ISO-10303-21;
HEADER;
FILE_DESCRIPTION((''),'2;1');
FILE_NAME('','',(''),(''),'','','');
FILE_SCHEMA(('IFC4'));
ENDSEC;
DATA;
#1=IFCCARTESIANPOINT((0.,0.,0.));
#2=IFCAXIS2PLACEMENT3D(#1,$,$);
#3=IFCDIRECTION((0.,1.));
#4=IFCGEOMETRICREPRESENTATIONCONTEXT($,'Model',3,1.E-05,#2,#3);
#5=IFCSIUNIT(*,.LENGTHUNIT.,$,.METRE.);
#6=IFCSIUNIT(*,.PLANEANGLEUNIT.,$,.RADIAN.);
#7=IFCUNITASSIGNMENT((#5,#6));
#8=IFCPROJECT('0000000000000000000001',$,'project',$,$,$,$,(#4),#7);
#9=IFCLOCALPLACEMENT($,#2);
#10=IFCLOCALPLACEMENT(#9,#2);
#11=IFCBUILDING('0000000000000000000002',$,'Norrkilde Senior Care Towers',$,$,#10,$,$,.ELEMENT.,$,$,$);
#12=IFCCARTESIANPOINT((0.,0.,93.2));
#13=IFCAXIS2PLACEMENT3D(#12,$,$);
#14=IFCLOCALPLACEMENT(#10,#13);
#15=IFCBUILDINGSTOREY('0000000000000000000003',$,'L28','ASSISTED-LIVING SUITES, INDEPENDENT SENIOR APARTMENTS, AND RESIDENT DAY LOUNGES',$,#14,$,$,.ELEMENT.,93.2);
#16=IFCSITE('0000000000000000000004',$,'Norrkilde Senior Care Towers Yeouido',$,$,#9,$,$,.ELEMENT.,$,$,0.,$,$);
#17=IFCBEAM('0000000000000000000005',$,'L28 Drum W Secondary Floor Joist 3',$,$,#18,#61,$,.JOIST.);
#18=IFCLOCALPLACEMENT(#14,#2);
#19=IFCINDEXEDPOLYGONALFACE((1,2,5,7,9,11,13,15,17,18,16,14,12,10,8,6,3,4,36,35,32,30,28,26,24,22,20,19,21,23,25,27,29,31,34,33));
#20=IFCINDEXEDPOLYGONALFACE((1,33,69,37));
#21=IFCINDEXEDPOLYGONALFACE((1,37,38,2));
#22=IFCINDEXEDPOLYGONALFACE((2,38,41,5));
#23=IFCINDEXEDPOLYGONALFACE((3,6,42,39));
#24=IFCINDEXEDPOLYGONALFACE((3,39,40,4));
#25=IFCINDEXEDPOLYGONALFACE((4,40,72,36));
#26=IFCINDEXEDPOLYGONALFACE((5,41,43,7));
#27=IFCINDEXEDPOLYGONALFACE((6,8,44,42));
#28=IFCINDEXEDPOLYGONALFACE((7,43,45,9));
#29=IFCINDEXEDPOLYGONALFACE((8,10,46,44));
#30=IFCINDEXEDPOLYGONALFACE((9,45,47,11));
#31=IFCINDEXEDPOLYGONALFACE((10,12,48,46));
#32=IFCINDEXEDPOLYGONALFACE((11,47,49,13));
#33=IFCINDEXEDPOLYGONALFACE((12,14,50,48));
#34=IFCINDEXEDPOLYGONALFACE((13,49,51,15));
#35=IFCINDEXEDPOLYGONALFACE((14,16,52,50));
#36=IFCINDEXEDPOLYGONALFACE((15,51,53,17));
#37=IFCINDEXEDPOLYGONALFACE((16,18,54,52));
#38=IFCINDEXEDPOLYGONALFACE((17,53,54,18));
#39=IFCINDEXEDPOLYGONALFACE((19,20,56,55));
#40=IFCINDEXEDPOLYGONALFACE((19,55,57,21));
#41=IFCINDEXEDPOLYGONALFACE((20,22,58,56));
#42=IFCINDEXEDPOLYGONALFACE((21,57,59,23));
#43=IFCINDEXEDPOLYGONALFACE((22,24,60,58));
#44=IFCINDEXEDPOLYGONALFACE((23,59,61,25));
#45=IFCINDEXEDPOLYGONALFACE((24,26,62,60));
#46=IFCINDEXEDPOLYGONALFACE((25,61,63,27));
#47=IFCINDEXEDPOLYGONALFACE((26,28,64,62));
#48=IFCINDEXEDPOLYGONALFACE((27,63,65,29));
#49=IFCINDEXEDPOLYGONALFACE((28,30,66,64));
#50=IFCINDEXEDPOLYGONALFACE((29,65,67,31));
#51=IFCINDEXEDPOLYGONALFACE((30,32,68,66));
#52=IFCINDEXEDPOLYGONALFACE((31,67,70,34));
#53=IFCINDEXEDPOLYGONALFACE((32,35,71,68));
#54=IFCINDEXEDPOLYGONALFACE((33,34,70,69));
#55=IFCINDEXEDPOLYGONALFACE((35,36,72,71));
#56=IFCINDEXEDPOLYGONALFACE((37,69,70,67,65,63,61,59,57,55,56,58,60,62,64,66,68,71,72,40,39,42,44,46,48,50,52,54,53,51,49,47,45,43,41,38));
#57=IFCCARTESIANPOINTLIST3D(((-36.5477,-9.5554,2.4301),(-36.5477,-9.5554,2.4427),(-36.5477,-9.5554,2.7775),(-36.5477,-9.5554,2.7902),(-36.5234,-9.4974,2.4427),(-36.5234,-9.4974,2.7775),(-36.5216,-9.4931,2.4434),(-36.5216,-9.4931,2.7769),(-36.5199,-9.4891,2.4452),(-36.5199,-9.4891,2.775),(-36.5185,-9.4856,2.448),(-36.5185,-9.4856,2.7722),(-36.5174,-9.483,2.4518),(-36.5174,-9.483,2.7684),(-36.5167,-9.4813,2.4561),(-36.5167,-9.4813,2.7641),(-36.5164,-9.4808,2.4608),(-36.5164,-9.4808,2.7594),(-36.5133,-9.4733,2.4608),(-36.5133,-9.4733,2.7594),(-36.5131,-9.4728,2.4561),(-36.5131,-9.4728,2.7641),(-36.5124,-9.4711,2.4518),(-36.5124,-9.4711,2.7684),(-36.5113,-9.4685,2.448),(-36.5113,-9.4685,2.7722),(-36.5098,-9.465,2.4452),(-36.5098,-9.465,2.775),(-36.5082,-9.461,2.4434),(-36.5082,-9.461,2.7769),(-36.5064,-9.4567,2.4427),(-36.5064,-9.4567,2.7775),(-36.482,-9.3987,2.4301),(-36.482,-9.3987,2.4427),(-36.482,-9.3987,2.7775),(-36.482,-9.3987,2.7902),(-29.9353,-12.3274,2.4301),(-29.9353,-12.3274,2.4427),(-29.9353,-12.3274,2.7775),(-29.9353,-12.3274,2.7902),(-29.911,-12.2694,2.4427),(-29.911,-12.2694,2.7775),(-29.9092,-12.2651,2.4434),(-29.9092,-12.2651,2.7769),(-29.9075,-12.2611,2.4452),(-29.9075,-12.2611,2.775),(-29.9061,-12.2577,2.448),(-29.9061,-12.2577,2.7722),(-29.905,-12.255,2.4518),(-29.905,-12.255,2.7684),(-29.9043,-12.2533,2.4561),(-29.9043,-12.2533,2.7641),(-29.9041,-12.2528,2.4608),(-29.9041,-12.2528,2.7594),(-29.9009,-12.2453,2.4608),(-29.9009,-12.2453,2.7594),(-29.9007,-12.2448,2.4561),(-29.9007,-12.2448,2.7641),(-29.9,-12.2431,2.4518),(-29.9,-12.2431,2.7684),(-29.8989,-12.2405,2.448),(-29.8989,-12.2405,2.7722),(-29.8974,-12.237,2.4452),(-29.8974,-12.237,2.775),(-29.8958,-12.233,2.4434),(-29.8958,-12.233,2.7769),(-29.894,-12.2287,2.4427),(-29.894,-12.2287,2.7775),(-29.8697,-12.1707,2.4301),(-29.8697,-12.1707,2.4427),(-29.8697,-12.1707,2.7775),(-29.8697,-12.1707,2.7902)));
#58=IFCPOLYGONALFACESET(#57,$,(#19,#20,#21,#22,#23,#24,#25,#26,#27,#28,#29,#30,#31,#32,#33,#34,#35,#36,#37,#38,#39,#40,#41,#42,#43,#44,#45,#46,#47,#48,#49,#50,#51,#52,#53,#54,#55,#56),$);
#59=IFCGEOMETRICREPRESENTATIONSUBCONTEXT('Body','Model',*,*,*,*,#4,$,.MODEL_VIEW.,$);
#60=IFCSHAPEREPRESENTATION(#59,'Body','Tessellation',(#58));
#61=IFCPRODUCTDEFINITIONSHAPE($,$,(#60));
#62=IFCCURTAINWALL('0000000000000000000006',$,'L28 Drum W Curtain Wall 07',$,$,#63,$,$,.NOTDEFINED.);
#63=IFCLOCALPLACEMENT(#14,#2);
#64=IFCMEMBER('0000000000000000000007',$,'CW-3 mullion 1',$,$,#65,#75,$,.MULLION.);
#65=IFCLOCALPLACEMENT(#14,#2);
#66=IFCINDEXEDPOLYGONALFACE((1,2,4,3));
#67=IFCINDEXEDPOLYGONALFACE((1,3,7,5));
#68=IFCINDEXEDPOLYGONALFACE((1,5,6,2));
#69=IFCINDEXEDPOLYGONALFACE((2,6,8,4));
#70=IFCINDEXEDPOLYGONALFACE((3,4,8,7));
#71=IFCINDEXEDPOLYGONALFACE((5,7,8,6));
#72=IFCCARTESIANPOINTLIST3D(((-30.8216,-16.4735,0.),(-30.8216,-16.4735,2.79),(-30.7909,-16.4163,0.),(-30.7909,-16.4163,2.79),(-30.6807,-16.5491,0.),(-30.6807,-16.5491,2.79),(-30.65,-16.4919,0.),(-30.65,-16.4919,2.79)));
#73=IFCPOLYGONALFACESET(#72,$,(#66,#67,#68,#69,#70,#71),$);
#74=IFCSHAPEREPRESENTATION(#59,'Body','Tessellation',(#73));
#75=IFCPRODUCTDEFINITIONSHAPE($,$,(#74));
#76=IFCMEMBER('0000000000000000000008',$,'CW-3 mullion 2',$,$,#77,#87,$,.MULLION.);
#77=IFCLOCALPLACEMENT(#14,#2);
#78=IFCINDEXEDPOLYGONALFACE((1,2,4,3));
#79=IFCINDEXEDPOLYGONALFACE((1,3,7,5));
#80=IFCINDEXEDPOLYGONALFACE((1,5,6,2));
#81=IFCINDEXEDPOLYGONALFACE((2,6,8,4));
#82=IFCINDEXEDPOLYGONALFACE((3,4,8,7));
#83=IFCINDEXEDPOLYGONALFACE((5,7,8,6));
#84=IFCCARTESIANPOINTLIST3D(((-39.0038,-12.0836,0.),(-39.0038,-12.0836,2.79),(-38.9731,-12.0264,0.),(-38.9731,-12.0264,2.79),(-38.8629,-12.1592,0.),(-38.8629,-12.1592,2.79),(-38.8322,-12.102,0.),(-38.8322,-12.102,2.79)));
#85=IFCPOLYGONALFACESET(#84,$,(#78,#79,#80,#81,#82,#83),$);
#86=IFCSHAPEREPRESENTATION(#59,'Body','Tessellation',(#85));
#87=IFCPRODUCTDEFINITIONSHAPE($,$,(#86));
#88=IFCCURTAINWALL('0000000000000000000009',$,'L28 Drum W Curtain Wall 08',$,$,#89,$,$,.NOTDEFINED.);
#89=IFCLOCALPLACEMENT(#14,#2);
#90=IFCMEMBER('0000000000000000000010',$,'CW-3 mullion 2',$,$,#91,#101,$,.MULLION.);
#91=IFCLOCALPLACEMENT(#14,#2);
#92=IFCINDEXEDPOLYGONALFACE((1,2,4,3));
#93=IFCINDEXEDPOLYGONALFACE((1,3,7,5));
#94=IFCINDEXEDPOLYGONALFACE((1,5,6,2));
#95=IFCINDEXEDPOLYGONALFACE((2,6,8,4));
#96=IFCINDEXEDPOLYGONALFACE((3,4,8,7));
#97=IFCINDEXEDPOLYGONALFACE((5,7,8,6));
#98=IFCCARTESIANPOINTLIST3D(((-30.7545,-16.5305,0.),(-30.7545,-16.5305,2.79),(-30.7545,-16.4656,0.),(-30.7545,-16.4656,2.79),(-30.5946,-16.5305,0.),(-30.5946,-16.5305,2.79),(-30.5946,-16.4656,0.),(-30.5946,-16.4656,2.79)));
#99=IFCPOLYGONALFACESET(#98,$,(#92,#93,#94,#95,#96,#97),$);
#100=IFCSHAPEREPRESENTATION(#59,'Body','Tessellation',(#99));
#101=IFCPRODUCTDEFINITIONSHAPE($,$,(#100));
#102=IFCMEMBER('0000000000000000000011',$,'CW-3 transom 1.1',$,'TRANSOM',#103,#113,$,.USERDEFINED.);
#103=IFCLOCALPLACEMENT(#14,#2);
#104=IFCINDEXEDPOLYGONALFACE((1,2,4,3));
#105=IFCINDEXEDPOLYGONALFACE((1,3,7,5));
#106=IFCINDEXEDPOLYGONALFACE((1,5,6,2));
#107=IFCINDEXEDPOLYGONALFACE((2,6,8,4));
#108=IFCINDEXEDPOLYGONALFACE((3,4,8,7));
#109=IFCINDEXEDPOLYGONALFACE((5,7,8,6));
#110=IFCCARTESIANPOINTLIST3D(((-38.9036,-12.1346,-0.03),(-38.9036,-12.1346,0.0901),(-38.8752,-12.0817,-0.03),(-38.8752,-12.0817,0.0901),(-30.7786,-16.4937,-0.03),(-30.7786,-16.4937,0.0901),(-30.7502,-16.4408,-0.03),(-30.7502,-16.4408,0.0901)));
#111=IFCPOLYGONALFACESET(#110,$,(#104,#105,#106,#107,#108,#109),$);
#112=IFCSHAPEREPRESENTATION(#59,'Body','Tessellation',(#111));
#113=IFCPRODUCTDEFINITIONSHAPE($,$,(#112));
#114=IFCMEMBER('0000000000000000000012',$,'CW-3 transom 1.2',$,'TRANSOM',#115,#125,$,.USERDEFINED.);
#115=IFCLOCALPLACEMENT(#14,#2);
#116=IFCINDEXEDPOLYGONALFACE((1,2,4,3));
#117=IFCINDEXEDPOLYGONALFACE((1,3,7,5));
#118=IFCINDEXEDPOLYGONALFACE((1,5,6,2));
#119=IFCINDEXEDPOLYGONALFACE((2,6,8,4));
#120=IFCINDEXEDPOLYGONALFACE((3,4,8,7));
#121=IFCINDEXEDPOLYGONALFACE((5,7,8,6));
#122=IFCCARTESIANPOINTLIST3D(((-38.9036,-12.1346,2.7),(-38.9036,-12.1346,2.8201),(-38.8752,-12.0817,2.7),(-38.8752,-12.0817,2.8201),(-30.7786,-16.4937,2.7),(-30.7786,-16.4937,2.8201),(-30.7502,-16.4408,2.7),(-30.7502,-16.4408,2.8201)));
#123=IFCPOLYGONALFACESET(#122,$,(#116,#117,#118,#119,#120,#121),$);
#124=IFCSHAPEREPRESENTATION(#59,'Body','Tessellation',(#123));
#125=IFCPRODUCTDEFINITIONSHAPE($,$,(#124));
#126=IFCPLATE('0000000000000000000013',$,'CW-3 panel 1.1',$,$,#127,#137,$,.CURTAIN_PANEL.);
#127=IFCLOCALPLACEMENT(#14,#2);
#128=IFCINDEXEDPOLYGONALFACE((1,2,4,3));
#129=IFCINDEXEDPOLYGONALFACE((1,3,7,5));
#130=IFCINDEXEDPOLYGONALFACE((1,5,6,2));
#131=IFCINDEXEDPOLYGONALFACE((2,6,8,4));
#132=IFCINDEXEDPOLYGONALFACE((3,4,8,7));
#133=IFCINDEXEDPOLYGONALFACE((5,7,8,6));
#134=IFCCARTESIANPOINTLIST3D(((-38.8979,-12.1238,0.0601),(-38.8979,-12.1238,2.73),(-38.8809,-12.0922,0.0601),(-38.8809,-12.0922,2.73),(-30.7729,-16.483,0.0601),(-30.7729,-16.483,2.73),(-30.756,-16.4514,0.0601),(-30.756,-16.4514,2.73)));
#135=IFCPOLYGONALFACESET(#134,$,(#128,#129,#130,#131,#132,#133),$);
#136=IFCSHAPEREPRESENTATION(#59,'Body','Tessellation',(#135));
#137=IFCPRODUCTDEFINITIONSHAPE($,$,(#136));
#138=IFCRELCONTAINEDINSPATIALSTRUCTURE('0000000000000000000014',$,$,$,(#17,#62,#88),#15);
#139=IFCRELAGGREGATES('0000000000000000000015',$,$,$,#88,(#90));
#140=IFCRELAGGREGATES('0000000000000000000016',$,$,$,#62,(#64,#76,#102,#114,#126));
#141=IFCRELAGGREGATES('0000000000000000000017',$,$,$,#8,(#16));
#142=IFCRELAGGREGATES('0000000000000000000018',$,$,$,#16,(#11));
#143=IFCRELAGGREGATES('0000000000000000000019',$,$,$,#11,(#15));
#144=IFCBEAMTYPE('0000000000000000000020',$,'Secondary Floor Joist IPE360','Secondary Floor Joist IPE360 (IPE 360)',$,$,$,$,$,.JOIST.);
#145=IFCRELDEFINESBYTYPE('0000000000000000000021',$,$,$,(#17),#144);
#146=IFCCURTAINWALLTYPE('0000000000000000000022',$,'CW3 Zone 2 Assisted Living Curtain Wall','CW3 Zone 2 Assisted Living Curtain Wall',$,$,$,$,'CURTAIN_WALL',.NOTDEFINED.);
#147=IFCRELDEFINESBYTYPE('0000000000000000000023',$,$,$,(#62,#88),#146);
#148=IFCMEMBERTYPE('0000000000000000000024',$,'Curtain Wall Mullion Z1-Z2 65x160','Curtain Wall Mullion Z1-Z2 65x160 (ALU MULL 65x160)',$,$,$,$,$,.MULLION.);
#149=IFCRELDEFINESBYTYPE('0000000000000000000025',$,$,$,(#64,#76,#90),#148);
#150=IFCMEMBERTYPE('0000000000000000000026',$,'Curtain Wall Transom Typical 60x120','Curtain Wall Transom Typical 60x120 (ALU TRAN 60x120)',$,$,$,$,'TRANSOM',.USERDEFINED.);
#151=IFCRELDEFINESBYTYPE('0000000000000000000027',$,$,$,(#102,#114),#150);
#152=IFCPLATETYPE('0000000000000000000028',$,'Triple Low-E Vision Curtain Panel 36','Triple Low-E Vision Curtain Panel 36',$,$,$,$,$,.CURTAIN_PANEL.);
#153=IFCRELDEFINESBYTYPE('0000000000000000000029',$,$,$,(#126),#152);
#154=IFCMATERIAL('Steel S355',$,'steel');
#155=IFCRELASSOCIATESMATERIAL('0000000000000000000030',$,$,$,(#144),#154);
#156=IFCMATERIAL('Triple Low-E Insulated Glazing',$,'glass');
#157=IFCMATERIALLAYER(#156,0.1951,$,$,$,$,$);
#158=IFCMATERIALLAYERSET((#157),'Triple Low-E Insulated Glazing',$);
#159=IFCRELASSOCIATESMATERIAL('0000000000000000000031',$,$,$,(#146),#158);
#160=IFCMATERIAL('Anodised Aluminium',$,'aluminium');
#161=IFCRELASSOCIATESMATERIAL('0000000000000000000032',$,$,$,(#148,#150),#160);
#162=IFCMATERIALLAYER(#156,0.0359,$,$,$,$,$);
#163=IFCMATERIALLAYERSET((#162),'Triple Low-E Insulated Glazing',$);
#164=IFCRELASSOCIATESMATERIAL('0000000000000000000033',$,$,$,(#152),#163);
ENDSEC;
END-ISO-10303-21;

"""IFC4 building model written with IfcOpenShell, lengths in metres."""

from ifc_helpers import new_model, si_unit, direction, frame, origin, origin_2d, place, context, subcontext, project, spatial, rectangle, i_section, extrude, source, transform, mapped, material, layer, layer_set, material_profile, profile_set, type_object, type_shapes, element, aggregate, save


model = new_model("IFC4")

# Units and contexts
model_context = context("Model", 3, precision=1e-05, world=origin(), true_north=direction((0.0, 1.0)))
body_context = subcontext(model_context, "Body", "Model", "MODEL_VIEW")
ifc_project = project(units=[si_unit("LENGTHUNIT", "METRE"), si_unit("PLANEANGLEUNIT", "RADIAN")], contexts=[model_context])

# Site, building, storey
site_placement = place(None, origin())
site = spatial("IfcSite", under=ifc_project, at=site_placement, Name="Norrkilde Senior Care Towers Yeouido", CompositionType="ELEMENT", RefElevation=0.0)
building_placement = place(site_placement, origin())
building = spatial("IfcBuilding", under=site, at=building_placement, Name="Norrkilde Senior Care Towers", CompositionType="ELEMENT")
storey_placement = place(building_placement, frame((0.0, 0.0, 93.2)))
storey = spatial("IfcBuildingStorey", under=building, at=storey_placement, Name="L28", Description="ASSISTED-LIVING SUITES, INDEPENDENT SENIOR APARTMENTS, AND RESIDENT DAY LOUNGES", CompositionType="ELEMENT", Elevation=93.2)

# Beam
ifc_material_1 = material(Name="Steel S355", Category="steel")
ifc_material_profile_1 = material_profile(ifc_material_1, i_section(OverallWidth=0.1699, OverallDepth=0.3601, WebThickness=0.0081, FlangeThickness=0.0127, FilletRadius=0.0181, at=origin_2d()), Name="IPE 360")
ifc_profile_set_1 = profile_set([ifc_material_profile_1], Name="Steel S355")
beam_type_1 = type_object("IfcBeamType", Name="Secondary Floor Joist IPE360", Description="Secondary Floor Joist IPE360 (IPE 360)", PredefinedType="JOIST", material=ifc_profile_set_1)
shared_shape_1 = source(origin(), body_context, "Body", "SweptSolid", [
    extrude(i_section(OverallWidth=0.1699, OverallDepth=0.3601, WebThickness=0.0081, FlangeThickness=0.0127, FilletRadius=0.0181, at=origin_2d()), origin(), (0.0, 0.0, 1.0), 7.1699),
])
type_shapes(beam_type_1, [shared_shape_1])
beam_1_placement = place(storey_placement, frame((-36.5149, -9.4771, 2.6101), z_axis=(0.922241, -0.386616, 0.0), x_axis=(0.386616, 0.922241, 0.0)))
element("IfcBeam", 1, at=beam_1_placement, inside=storey, type_object=beam_type_1, Name="L28 Drum W Secondary Floor Joist 3", PredefinedType="JOIST", context=body_context, shape_type="MappedRepresentation", body=[
    mapped(shared_shape_1, transform((0.0, 0.0, 0.0), x_axis=(1.0, 0.0, 0.0), y_axis=(0.0, 1.0, 0.0), z_axis=(0.0, 0.0, 1.0), scale=1.0)),
])

# Curtain wall, members
ifc_material_2 = material(Name="Triple Low-E Insulated Glazing", Category="glass")
ifc_layer_1 = layer(ifc_material_2, 0.1951)
ifc_layer_set_1 = layer_set([ifc_layer_1], Name="Triple Low-E Insulated Glazing")
curtain_wall_type = type_object("IfcCurtainWallType", Name="CW3 Zone 2 Assisted Living Curtain Wall", Description="CW3 Zone 2 Assisted Living Curtain Wall", ElementType="CURTAIN_WALL", PredefinedType="NOTDEFINED", material=ifc_layer_set_1)
curtain_wall_1_placement = place(storey_placement, origin())
curtain_wall_1 = element("IfcCurtainWall", 2, at=curtain_wall_1_placement, inside=storey, type_object=curtain_wall_type, Name="L28 Drum W Curtain Wall 07", PredefinedType="NOTDEFINED")
ifc_material_3 = material(Name="Anodised Aluminium", Category="aluminium")
ifc_material_profile_2 = material_profile(ifc_material_3, rectangle(XDim=0.0649, YDim=0.1599, at=origin_2d()), Name="ALU MULL 65x160")
ifc_profile_set_2 = profile_set([ifc_material_profile_2], Name="Anodised Aluminium")
member_type_1 = type_object("IfcMemberType", Name="Curtain Wall Mullion Z1-Z2 65x160", Description="Curtain Wall Mullion Z1-Z2 65x160 (ALU MULL 65x160)", PredefinedType="MULLION", material=ifc_profile_set_2)
shared_shape_2 = source(origin(), body_context, "Body", "SweptSolid", [
    extrude(rectangle(XDim=0.0649, YDim=0.1599, at=origin_2d()), origin(), (0.0, 0.0, 1.0), 2.79),
])
type_shapes(member_type_1, [shared_shape_2])
member_1_placement = place(storey_placement, frame((-30.7358, -16.4827, 0.0), z_axis=(0.0, 0.0, 1.0), x_axis=(-0.472769, -0.881186, 0.0)))
member_1 = element("IfcMember", 3, at=member_1_placement, type_object=member_type_1, Name="CW-3 mullion 1", PredefinedType="MULLION", context=body_context, shape_type="MappedRepresentation", body=[
    mapped(shared_shape_2, transform((0.0, 0.0, 0.0), x_axis=(1.0, 0.0, 0.0), y_axis=(0.0, 1.0, 0.0), z_axis=(0.0, 0.0, 1.0), scale=1.0)),
])
member_2_placement = place(storey_placement, frame((-38.918, -12.0928, 0.0), z_axis=(0.0, 0.0, 1.0), x_axis=(-0.472769, -0.881186, 0.0)))
member_2 = element("IfcMember", 4, at=member_2_placement, type_object=member_type_1, Name="CW-3 mullion 2", PredefinedType="MULLION", context=body_context, shape_type="MappedRepresentation", body=[
    mapped(shared_shape_2, transform((0.0, 0.0, 0.0), x_axis=(1.0, 0.0, 0.0), y_axis=(0.0, 1.0, 0.0), z_axis=(0.0, 0.0, 1.0), scale=1.0)),
])

# Curtain wall, member
curtain_wall_2_placement = place(storey_placement, origin())
curtain_wall_2 = element("IfcCurtainWall", 5, at=curtain_wall_2_placement, inside=storey, type_object=curtain_wall_type, Name="L28 Drum W Curtain Wall 08", PredefinedType="NOTDEFINED")
member_3_placement = place(storey_placement, frame((-30.6746, -16.498, 0.0), z_axis=(0.0, 0.0, 1.0), x_axis=(0.0, -1.0, 0.0)))
member_3 = element("IfcMember", 6, at=member_3_placement, type_object=member_type_1, Name="CW-3 mullion 2", PredefinedType="MULLION", context=body_context, shape_type="MappedRepresentation", body=[
    mapped(shared_shape_2, transform((0.0, 0.0, 0.0), x_axis=(1.0, 0.0, 0.0), y_axis=(0.0, 1.0, 0.0), z_axis=(0.0, 0.0, 1.0), scale=1.0)),
])
aggregate(curtain_wall_2, [member_3])

# Members
ifc_material_profile_3 = material_profile(ifc_material_3, rectangle(XDim=0.0601, YDim=0.1201, at=origin_2d()), Name="ALU TRAN 60x120")
ifc_profile_set_3 = profile_set([ifc_material_profile_3], Name="Anodised Aluminium")
member_type_2 = type_object("IfcMemberType", Name="Curtain Wall Transom Typical 60x120", Description="Curtain Wall Transom Typical 60x120 (ALU TRAN 60x120)", ElementType="TRANSOM", PredefinedType="USERDEFINED", material=ifc_profile_set_3)
shared_shape_3 = source(origin(), body_context, "Body", "SweptSolid", [
    extrude(rectangle(XDim=0.0601, YDim=0.1201, at=origin_2d()), origin(), (0.0, 0.0, 1.0), 9.2205),
])
type_shapes(member_type_2, [shared_shape_3])
member_4_placement = place(storey_placement, frame((-30.7644, -16.4673, 0.03), z_axis=(-0.881189, 0.472765, 0.0), x_axis=(-0.472765, -0.881189, 0.0)))
member_4 = element("IfcMember", 7, at=member_4_placement, type_object=member_type_2, Name="CW-3 transom 1.1", ObjectType="TRANSOM", PredefinedType="USERDEFINED", context=body_context, shape_type="MappedRepresentation", body=[
    mapped(shared_shape_3, transform((0.0, 0.0, 0.0), x_axis=(1.0, 0.0, 0.0), y_axis=(0.0, 1.0, 0.0), z_axis=(0.0, 0.0, 1.0), scale=1.0)),
])
member_5_placement = place(storey_placement, frame((-30.7644, -16.4673, 2.76), z_axis=(-0.881189, 0.472765, 0.0), x_axis=(-0.472765, -0.881189, 0.0)))
member_5 = element("IfcMember", 8, at=member_5_placement, type_object=member_type_2, Name="CW-3 transom 1.2", ObjectType="TRANSOM", PredefinedType="USERDEFINED", context=body_context, shape_type="MappedRepresentation", body=[
    mapped(shared_shape_3, transform((0.0, 0.0, 0.0), x_axis=(1.0, 0.0, 0.0), y_axis=(0.0, 1.0, 0.0), z_axis=(0.0, 0.0, 1.0), scale=1.0)),
])

# Plate
ifc_layer_2 = layer(ifc_material_2, 0.0359)
ifc_layer_set_2 = layer_set([ifc_layer_2], Name="Triple Low-E Insulated Glazing")
plate_type = type_object("IfcPlateType", Name="Triple Low-E Vision Curtain Panel 36", Description="Triple Low-E Vision Curtain Panel 36", PredefinedType="CURTAIN_PANEL", material=ifc_layer_set_2)
shared_shape_4 = source(origin(), body_context, "Body", "SweptSolid", [
    extrude(rectangle(XDim=9.2205, YDim=0.0359, at=origin_2d()), origin(), (0.0, 0.0, 1.0), 2.6699),
])
type_shapes(plate_type, [shared_shape_4])
plate_placement = place(storey_placement, frame((-34.8269, -14.2876, 0.0601), z_axis=(0.0, 0.0, 1.0), x_axis=(-0.881186, 0.472769, 0.0)))
plate = element("IfcPlate", 9, at=plate_placement, type_object=plate_type, Name="CW-3 panel 1.1", PredefinedType="CURTAIN_PANEL", context=body_context, shape_type="MappedRepresentation", body=[
    mapped(shared_shape_4, transform((0.0, 0.0, 0.0), x_axis=(1.0, 0.0, 0.0), y_axis=(0.0, 1.0, 0.0), z_axis=(0.0, 0.0, 1.0), scale=1.0)),
])
aggregate(curtain_wall_1, [member_1, member_2, member_4, member_5, plate])

save(model, "model.ifc")
